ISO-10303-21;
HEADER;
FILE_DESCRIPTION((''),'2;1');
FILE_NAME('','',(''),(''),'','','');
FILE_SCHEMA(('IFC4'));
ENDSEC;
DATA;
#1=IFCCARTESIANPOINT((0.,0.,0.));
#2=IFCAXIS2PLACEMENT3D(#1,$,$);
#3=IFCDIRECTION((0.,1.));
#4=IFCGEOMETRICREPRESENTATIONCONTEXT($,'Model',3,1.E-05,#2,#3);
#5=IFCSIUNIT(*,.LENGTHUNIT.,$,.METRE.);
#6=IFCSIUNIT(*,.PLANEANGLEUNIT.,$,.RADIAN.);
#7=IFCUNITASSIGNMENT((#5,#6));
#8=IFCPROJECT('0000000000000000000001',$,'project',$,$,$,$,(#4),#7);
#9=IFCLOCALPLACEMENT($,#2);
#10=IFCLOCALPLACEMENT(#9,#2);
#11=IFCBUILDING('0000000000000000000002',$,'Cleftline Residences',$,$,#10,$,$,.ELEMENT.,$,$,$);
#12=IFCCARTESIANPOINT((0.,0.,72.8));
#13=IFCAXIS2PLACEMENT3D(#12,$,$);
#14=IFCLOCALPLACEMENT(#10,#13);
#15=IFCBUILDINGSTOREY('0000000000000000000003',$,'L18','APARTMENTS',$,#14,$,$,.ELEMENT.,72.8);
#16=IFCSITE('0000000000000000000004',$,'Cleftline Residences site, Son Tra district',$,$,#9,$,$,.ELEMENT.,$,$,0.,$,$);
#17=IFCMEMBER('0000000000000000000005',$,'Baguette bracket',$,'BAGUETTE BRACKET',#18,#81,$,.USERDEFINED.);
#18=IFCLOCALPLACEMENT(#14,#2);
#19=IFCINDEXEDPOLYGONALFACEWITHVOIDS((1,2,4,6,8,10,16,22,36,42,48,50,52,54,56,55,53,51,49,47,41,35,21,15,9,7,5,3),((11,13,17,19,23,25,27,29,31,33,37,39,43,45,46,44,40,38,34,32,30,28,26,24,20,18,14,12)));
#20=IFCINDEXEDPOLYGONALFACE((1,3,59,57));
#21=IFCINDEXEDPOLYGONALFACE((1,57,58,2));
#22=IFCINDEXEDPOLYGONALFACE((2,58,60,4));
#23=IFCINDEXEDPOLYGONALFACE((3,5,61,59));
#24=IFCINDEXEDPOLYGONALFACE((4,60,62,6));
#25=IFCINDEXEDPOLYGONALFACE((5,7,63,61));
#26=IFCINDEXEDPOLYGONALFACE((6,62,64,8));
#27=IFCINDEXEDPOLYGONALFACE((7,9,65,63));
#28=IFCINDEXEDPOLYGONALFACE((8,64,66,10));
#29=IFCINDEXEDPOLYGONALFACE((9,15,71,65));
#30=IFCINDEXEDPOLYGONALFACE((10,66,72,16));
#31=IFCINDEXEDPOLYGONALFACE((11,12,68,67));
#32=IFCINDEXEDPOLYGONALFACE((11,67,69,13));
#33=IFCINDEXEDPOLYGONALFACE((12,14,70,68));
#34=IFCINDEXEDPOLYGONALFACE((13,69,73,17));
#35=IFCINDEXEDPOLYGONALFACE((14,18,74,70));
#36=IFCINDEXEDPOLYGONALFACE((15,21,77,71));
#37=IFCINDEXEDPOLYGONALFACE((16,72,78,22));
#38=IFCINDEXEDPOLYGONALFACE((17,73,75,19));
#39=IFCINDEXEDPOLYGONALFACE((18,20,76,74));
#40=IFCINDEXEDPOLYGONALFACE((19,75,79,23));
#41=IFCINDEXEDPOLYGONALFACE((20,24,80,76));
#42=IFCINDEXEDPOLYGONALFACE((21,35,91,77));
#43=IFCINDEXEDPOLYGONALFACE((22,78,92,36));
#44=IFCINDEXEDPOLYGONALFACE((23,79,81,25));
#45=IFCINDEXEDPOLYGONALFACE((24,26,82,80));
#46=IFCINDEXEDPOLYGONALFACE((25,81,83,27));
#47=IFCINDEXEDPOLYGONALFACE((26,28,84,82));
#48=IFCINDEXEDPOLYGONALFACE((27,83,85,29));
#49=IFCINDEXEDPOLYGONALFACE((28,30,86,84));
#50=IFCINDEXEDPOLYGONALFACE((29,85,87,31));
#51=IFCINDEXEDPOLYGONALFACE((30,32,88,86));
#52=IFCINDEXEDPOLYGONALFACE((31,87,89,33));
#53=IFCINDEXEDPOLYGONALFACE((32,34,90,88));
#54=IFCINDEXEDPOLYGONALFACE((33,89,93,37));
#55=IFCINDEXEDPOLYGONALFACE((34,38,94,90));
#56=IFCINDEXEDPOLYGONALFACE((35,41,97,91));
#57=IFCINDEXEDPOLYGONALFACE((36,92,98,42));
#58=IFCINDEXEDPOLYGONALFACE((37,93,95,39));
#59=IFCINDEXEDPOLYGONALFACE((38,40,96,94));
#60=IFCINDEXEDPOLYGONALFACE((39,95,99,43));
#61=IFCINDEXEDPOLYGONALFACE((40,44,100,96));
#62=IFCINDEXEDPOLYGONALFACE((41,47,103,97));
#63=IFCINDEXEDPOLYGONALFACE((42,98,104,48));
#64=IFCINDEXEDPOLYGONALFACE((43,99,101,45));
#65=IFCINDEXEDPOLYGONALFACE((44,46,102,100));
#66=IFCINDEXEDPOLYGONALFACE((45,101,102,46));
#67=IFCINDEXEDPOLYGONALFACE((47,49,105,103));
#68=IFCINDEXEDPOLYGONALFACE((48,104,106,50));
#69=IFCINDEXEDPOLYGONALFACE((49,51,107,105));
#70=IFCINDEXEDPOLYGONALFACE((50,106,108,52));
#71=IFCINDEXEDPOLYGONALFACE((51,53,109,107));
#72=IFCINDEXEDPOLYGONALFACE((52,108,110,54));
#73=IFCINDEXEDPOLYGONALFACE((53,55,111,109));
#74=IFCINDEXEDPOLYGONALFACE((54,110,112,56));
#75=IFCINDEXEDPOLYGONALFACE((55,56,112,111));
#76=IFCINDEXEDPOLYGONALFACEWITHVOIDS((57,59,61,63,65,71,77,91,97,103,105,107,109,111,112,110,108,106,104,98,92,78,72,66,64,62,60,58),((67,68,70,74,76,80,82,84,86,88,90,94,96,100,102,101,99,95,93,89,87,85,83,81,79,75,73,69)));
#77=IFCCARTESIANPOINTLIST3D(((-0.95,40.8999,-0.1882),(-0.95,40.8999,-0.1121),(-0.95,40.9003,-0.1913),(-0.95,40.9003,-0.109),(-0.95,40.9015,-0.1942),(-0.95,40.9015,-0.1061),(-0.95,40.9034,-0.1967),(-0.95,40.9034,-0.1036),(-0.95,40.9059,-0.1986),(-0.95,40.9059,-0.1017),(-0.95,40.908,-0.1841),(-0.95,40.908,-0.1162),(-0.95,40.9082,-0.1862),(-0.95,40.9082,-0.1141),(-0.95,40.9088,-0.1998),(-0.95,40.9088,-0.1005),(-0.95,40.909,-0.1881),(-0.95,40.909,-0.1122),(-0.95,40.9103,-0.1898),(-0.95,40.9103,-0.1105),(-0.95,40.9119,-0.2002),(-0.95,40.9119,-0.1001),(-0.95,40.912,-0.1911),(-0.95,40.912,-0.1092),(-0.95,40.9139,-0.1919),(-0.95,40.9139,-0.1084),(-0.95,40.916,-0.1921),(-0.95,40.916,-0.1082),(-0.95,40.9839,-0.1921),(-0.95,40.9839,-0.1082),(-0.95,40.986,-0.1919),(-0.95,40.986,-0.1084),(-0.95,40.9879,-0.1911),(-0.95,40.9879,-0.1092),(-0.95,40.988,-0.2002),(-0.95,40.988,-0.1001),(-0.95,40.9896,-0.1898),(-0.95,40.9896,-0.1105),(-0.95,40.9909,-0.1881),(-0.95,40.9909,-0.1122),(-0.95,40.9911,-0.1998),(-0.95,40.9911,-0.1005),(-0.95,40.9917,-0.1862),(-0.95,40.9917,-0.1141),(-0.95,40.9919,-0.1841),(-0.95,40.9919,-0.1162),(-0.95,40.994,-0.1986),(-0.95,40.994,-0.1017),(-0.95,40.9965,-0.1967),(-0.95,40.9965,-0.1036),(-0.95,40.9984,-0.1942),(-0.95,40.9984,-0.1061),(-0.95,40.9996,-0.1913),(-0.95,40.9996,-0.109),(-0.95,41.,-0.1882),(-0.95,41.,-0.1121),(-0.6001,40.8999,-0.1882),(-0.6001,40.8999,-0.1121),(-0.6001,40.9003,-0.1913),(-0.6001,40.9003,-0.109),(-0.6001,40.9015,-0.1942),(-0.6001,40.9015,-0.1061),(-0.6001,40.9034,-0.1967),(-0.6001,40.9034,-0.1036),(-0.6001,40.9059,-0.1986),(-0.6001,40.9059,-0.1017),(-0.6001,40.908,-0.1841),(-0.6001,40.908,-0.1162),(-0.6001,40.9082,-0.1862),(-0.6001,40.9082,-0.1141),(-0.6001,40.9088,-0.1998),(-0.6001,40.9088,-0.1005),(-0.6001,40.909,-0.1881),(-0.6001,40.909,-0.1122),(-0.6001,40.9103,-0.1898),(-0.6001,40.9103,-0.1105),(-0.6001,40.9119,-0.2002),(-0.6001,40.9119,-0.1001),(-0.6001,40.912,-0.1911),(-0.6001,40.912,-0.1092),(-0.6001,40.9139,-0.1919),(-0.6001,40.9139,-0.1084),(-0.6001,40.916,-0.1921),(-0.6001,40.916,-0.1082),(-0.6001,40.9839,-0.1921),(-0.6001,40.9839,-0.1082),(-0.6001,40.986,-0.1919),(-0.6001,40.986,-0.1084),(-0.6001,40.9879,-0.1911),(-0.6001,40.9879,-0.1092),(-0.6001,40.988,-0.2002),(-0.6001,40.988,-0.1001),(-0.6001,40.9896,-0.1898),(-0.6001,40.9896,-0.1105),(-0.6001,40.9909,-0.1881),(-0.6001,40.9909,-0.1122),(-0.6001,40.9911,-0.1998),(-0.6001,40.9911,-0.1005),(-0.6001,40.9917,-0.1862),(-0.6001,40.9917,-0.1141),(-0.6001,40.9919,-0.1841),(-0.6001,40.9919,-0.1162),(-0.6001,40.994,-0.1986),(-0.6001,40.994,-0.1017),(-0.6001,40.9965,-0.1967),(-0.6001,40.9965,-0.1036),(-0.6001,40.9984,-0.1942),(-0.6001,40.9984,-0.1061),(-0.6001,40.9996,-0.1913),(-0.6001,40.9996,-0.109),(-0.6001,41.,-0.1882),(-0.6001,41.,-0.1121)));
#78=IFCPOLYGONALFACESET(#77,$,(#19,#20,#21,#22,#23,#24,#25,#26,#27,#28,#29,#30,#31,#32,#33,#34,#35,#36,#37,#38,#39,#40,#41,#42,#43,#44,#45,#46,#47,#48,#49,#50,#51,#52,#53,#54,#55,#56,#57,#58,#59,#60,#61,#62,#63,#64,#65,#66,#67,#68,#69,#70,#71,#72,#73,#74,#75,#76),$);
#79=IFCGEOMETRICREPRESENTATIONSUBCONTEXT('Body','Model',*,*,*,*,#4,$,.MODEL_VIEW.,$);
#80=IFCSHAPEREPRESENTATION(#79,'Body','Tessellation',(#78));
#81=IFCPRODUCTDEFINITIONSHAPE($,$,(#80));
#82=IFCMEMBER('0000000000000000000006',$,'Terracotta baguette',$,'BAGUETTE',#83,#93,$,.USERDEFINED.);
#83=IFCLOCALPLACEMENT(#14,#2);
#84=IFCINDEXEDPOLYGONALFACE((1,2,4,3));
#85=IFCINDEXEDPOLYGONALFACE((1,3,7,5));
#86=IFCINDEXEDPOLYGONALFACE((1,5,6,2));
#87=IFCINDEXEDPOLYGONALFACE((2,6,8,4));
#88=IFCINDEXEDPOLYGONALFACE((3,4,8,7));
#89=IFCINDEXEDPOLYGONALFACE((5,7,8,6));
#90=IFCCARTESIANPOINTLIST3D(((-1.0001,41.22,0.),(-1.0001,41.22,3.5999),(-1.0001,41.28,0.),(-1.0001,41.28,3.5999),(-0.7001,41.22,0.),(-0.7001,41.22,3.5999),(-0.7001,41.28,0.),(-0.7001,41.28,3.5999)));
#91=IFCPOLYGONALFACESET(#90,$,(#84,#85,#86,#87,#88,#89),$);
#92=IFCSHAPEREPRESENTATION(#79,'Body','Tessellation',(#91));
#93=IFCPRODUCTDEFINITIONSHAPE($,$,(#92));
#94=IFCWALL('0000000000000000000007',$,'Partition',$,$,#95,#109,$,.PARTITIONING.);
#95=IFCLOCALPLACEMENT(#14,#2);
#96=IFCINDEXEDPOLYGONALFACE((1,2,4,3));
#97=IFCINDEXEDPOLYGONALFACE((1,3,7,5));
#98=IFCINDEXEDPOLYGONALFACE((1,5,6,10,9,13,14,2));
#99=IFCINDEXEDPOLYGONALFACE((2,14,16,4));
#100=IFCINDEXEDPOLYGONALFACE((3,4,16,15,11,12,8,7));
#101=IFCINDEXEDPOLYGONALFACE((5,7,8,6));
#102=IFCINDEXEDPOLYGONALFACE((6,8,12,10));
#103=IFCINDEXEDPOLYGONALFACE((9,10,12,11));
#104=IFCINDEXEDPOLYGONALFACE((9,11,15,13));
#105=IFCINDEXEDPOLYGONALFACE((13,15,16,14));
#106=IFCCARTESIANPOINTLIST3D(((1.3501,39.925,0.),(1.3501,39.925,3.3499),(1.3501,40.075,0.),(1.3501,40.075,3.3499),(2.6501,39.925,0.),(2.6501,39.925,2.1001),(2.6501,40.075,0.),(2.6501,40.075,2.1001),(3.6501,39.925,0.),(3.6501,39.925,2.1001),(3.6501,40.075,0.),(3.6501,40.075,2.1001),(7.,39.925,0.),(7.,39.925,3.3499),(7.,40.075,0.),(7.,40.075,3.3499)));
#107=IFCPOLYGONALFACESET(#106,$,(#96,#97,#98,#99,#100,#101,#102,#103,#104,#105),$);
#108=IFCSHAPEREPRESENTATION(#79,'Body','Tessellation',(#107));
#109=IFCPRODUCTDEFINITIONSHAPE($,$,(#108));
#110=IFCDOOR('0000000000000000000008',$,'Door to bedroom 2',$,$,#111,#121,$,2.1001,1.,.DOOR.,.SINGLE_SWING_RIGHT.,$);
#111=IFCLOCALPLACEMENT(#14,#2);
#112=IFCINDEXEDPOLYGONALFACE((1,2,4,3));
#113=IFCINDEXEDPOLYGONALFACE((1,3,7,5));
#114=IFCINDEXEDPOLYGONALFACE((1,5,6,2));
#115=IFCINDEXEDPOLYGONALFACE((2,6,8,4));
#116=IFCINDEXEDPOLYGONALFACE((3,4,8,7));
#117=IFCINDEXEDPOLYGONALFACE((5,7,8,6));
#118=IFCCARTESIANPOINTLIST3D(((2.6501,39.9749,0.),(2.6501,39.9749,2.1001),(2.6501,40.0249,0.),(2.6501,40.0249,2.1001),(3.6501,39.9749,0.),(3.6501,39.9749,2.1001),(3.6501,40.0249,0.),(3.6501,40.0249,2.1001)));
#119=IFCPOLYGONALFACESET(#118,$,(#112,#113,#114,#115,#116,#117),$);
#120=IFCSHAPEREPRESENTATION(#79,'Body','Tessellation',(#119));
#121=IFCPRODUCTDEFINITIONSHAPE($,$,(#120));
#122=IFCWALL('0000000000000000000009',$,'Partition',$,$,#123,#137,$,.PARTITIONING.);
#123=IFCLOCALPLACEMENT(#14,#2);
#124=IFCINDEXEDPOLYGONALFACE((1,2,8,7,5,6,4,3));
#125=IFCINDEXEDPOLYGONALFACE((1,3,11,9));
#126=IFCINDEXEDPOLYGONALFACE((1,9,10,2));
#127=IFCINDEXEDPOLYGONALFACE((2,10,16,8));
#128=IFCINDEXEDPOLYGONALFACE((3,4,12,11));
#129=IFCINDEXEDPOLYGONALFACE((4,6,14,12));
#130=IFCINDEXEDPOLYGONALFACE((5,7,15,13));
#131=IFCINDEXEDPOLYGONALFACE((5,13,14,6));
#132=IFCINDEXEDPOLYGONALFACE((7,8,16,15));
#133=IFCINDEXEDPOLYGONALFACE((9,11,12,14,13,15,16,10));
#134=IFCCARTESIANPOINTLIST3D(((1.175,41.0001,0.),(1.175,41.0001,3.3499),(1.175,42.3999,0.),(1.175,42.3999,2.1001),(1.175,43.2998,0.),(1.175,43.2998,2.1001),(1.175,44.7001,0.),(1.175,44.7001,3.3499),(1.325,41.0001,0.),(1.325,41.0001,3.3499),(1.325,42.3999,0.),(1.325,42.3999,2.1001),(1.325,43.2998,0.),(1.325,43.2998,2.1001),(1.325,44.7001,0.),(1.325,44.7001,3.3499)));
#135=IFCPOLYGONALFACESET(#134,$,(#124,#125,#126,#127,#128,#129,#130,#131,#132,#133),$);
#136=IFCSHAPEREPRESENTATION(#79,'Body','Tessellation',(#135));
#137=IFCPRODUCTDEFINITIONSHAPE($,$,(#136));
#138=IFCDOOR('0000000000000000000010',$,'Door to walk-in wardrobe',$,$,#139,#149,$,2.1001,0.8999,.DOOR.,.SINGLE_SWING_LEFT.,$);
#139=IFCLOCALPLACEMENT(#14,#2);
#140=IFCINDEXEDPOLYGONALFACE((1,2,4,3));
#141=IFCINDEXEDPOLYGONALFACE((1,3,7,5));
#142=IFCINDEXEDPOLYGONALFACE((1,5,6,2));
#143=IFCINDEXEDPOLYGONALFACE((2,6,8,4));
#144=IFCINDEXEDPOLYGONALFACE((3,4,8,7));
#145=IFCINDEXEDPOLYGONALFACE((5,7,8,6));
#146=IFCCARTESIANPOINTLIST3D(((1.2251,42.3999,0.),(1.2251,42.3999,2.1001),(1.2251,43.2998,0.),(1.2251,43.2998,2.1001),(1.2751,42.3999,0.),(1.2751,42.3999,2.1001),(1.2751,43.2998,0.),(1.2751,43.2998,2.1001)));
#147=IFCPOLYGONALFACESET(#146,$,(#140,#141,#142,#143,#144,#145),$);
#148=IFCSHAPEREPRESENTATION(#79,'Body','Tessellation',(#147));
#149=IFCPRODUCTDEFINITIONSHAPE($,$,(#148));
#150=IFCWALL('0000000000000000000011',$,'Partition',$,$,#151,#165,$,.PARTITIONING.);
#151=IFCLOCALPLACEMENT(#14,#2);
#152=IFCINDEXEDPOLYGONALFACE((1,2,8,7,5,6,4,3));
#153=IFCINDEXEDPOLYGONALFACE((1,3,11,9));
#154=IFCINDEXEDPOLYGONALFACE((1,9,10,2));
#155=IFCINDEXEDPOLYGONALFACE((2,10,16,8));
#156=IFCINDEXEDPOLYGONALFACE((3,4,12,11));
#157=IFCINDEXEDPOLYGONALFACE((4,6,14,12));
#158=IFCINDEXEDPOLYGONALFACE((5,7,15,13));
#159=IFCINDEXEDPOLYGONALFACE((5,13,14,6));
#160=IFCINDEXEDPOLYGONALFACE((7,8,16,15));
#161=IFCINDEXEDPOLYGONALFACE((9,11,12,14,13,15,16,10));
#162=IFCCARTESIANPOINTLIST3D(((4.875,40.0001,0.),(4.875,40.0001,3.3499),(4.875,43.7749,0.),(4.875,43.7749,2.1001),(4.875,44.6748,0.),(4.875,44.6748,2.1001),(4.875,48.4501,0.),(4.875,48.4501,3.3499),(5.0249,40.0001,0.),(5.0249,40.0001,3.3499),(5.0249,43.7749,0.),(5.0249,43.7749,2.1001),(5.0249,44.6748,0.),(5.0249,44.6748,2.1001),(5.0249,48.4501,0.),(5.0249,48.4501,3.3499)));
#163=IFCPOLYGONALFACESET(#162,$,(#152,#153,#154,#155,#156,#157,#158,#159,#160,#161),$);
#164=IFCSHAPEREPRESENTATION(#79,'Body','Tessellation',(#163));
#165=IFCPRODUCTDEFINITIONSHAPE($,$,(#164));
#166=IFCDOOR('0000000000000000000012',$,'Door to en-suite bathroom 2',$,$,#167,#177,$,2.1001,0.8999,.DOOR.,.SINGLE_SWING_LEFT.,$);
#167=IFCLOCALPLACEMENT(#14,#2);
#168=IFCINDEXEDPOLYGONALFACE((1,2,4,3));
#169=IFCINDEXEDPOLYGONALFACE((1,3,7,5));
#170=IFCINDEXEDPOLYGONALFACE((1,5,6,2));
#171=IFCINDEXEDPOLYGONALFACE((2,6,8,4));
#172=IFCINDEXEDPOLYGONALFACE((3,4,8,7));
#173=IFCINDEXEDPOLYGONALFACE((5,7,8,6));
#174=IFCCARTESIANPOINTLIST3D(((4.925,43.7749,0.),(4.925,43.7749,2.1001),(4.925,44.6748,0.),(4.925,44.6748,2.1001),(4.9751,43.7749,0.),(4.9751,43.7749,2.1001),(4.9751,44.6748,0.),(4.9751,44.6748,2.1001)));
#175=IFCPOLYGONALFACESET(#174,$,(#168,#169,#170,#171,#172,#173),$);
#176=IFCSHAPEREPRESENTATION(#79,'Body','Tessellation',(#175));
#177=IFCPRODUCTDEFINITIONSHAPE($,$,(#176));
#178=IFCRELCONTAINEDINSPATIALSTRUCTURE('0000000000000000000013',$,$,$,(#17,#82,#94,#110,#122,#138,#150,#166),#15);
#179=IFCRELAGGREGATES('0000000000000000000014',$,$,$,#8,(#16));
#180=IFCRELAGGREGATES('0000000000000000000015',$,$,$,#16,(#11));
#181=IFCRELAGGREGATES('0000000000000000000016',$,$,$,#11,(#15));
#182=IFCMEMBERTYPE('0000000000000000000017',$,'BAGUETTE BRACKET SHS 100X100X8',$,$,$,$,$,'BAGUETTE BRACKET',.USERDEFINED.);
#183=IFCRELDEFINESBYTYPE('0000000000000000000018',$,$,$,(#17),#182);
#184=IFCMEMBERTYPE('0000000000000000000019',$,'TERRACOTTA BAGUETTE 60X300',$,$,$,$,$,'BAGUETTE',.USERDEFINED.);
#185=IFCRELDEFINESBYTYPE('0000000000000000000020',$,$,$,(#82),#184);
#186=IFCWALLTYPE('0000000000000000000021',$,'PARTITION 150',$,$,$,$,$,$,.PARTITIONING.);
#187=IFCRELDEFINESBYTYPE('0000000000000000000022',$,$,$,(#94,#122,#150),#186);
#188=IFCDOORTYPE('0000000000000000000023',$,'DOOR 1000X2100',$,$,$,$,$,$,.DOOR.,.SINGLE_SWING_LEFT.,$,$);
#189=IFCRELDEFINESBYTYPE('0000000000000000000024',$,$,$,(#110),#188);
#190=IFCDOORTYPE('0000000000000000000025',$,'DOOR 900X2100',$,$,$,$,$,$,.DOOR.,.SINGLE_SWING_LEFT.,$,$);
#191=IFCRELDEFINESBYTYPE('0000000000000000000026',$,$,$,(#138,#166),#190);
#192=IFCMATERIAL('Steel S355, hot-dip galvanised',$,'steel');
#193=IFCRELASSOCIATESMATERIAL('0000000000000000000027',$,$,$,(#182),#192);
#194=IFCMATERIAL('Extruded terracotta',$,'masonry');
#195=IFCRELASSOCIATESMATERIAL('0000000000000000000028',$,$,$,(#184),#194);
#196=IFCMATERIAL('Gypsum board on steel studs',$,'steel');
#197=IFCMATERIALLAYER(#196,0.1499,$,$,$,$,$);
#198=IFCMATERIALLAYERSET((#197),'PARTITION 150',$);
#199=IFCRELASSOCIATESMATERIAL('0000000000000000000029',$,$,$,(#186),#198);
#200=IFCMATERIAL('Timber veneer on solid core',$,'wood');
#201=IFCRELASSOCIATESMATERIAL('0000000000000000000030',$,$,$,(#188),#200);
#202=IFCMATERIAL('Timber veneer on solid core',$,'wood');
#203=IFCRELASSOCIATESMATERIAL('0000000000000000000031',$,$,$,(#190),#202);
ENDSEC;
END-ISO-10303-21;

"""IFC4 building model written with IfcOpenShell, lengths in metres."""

from ifc_helpers import new_model, si_unit, direction, frame, frame_2d, origin, origin_2d, place, context, subcontext, project, spatial, rectangle, hollow_rectangle, extrude, material, layer, layer_set, material_profile, profile_set, type_object, element, fill, save


model = new_model("IFC4")

# Units and contexts
model_context = context("Model", 3, precision=1e-05, world=origin(), true_north=direction((0.0, 1.0)))
body_context = subcontext(model_context, "Body", "Model", "MODEL_VIEW")
ifc_project = project(units=[si_unit("LENGTHUNIT", "METRE"), si_unit("PLANEANGLEUNIT", "RADIAN")], contexts=[model_context])

# Site, building, storey
site_placement = place(None, origin())
site = spatial("IfcSite", under=ifc_project, at=site_placement, Name="Cleftline Residences site, Son Tra district", CompositionType="ELEMENT", RefElevation=0.0)
building_placement = place(site_placement, origin())
building = spatial("IfcBuilding", under=site, at=building_placement, Name="Cleftline Residences", CompositionType="ELEMENT")
storey_placement = place(building_placement, frame((0.0, 0.0, 72.8)))
storey = spatial("IfcBuildingStorey", under=building, at=storey_placement, Name="L18", Description="APARTMENTS", CompositionType="ELEMENT", Elevation=72.8)

# Members
ifc_material_1 = material(Name="Steel S355, hot-dip galvanised", Category="steel")
ifc_material_profile_1 = material_profile(ifc_material_1, hollow_rectangle(XDim=0.1001, YDim=0.1001, WallThickness=0.0081, InnerFilletRadius=0.0081, OuterFilletRadius=0.012, at=origin_2d()))
ifc_profile_set_1 = profile_set([ifc_material_profile_1], Name="Steel S355, hot-dip galvanised")
member_type_1 = type_object("IfcMemberType", Name="BAGUETTE BRACKET SHS 100X100X8", ElementType="BAGUETTE BRACKET", PredefinedType="USERDEFINED", material=ifc_profile_set_1)
member_1_placement = place(storey_placement, frame((-0.6001, 40.95, -0.1501), z_axis=(-1.0, 0.0, 0.0), x_axis=(0.0, -1.0, 0.0)))
element("IfcMember", 1, at=member_1_placement, inside=storey, type_object=member_type_1, Name="Baguette bracket", ObjectType="BAGUETTE BRACKET", PredefinedType="USERDEFINED", context=body_context, shape_type="SweptSolid", body=[
    extrude(hollow_rectangle(XDim=0.1001, YDim=0.1001, WallThickness=0.0081, InnerFilletRadius=0.0081, OuterFilletRadius=0.012, at=origin_2d()), origin(), (0.0, 0.0, 1.0), 0.3499),
])
ifc_material_2 = material(Name="Extruded terracotta", Category="masonry")
ifc_material_profile_2 = material_profile(ifc_material_2, rectangle(XDim=0.0601, YDim=0.3, at=origin_2d()))
ifc_profile_set_2 = profile_set([ifc_material_profile_2], Name="Extruded terracotta")
member_type_2 = type_object("IfcMemberType", Name="TERRACOTTA BAGUETTE 60X300", ElementType="BAGUETTE", PredefinedType="USERDEFINED", material=ifc_profile_set_2)
member_2_placement = place(storey_placement, frame((-0.8501, 41.25, 0.0), z_axis=(0.0, 0.0, 1.0), x_axis=(0.0, 1.0, 0.0)))
element("IfcMember", 2, at=member_2_placement, inside=storey, type_object=member_type_2, Name="Terracotta baguette", ObjectType="BAGUETTE", PredefinedType="USERDEFINED", context=body_context, shape_type="SweptSolid", body=[
    extrude(rectangle(XDim=0.0601, YDim=0.3, at=origin_2d()), origin(), (0.0, 0.0, 1.0), 3.5999),
])

# Walls, openings, doors
ifc_material_3 = material(Name="Gypsum board on steel studs", Category="steel")
ifc_layer = layer(ifc_material_3, 0.1499)
ifc_layer_set = layer_set([ifc_layer], Name="PARTITION 150")
wall_type = type_object("IfcWallType", Name="PARTITION 150", PredefinedType="PARTITIONING", material=ifc_layer_set)
wall_1_placement = place(storey_placement, frame((1.3501, 40.0, 0.0), z_axis=(0.0, 0.0, 1.0), x_axis=(1.0, 0.0, 0.0)))
wall_1 = element("IfcWall", 3, at=wall_1_placement, inside=storey, type_object=wall_type, Name="Partition", PredefinedType="PARTITIONING", context=body_context, shape_type="SweptSolid", body=[
    extrude(rectangle(XDim=5.6499, YDim=0.1499, at=frame_2d((2.825, 0.0))), origin(), (0.0, 0.0, 1.0), 3.3499),
])
opening_1_placement = place(wall_1_placement, frame((1.3, 0.0, 0.0)))
opening_1 = element("IfcOpeningElement", 4, at=opening_1_placement, cuts=wall_1, PredefinedType="OPENING", context=body_context, shape_type="SweptSolid", body=[
    extrude(rectangle(XDim=1.0, YDim=2.1001, at=frame_2d((0.5, 1.05))), frame((0.0, 0.085, 0.0), z_axis=(0.0, -1.0, 0.0), x_axis=(1.0, 0.0, 0.0)), (0.0, 0.0, 1.0), 0.1699),
])
ifc_material_4 = material(Name="Timber veneer on solid core", Category="wood")
door_type_1 = type_object("IfcDoorType", Name="DOOR 1000X2100", OperationType="SINGLE_SWING_LEFT", PredefinedType="DOOR", material=ifc_material_4)
door_1_placement = place(opening_1_placement, origin())
door_1 = element("IfcDoor", 5, at=door_1_placement, inside=storey, type_object=door_type_1, Name="Door to bedroom 2", OperationType="SINGLE_SWING_RIGHT", OverallHeight=2.1001, OverallWidth=1.0, PredefinedType="DOOR", context=body_context, shape_type="SweptSolid", body=[
    extrude(rectangle(XDim=1.0, YDim=2.1001, at=frame_2d((0.5, 1.05))), frame((0.0, 0.0249, 0.0), z_axis=(0.0, -1.0, 0.0), x_axis=(1.0, 0.0, 0.0)), (0.0, 0.0, 1.0), 0.05),
])
fill(opening_1, door_1)
wall_2_placement = place(storey_placement, frame((1.25, 41.0, 0.0), z_axis=(0.0, 0.0, 1.0), x_axis=(0.0, 1.0, 0.0)))
wall_2 = element("IfcWall", 6, at=wall_2_placement, inside=storey, type_object=wall_type, Name="Partition", PredefinedType="PARTITIONING", context=body_context, shape_type="SweptSolid", body=[
    extrude(rectangle(XDim=3.7, YDim=0.1499, at=frame_2d((1.8501, 0.0))), origin(), (0.0, 0.0, 1.0), 3.3499),
])
opening_2_placement = place(wall_2_placement, frame((1.3999, 0.0, 0.0)))
opening_2 = element("IfcOpeningElement", 7, at=opening_2_placement, cuts=wall_2, PredefinedType="OPENING", context=body_context, shape_type="SweptSolid", body=[
    extrude(rectangle(XDim=0.8999, YDim=2.1001, at=frame_2d((0.45, 1.05))), frame((0.0, 0.085, 0.0), z_axis=(0.0, -1.0, 0.0), x_axis=(1.0, 0.0, 0.0)), (0.0, 0.0, 1.0), 0.1699),
])
ifc_material_5 = material(Name="Timber veneer on solid core", Category="wood")
door_type_2 = type_object("IfcDoorType", Name="DOOR 900X2100", OperationType="SINGLE_SWING_LEFT", PredefinedType="DOOR", material=ifc_material_5)
door_2_placement = place(opening_2_placement, origin())
door_2 = element("IfcDoor", 8, at=door_2_placement, inside=storey, type_object=door_type_2, Name="Door to walk-in wardrobe", OperationType="SINGLE_SWING_LEFT", OverallHeight=2.1001, OverallWidth=0.8999, PredefinedType="DOOR", context=body_context, shape_type="SweptSolid", body=[
    extrude(rectangle(XDim=0.8999, YDim=2.1001, at=frame_2d((0.45, 1.05))), frame((0.0, 0.0249, 0.0), z_axis=(0.0, -1.0, 0.0), x_axis=(1.0, 0.0, 0.0)), (0.0, 0.0, 1.0), 0.05),
])
fill(opening_2, door_2)
wall_3_placement = place(storey_placement, frame((4.95, 40.0, 0.0), z_axis=(0.0, 0.0, 1.0), x_axis=(0.0, 1.0, 0.0)))
wall_3 = element("IfcWall", 9, at=wall_3_placement, inside=storey, type_object=wall_type, Name="Partition", PredefinedType="PARTITIONING", context=body_context, shape_type="SweptSolid", body=[
    extrude(rectangle(XDim=8.45, YDim=0.1499, at=frame_2d((4.2251, 0.0))), origin(), (0.0, 0.0, 1.0), 3.3499),
])
opening_3_placement = place(wall_3_placement, frame((3.7749, 0.0, 0.0)))
opening_3 = element("IfcOpeningElement", 10, at=opening_3_placement, cuts=wall_3, PredefinedType="OPENING", context=body_context, shape_type="SweptSolid", body=[
    extrude(rectangle(XDim=0.8999, YDim=2.1001, at=frame_2d((0.45, 1.05))), frame((0.0, 0.085, 0.0), z_axis=(0.0, -1.0, 0.0), x_axis=(1.0, 0.0, 0.0)), (0.0, 0.0, 1.0), 0.1699),
])
door_3_placement = place(opening_3_placement, origin())
door_3 = element("IfcDoor", 11, at=door_3_placement, inside=storey, type_object=door_type_2, Name="Door to en-suite bathroom 2", OperationType="SINGLE_SWING_LEFT", OverallHeight=2.1001, OverallWidth=0.8999, PredefinedType="DOOR", context=body_context, shape_type="SweptSolid", body=[
    extrude(rectangle(XDim=0.8999, YDim=2.1001, at=frame_2d((0.45, 1.05))), frame((0.0, 0.0249, 0.0), z_axis=(0.0, -1.0, 0.0), x_axis=(1.0, 0.0, 0.0)), (0.0, 0.0, 1.0), 0.05),
])
fill(opening_3, door_3)

save(model, "model.ifc")
